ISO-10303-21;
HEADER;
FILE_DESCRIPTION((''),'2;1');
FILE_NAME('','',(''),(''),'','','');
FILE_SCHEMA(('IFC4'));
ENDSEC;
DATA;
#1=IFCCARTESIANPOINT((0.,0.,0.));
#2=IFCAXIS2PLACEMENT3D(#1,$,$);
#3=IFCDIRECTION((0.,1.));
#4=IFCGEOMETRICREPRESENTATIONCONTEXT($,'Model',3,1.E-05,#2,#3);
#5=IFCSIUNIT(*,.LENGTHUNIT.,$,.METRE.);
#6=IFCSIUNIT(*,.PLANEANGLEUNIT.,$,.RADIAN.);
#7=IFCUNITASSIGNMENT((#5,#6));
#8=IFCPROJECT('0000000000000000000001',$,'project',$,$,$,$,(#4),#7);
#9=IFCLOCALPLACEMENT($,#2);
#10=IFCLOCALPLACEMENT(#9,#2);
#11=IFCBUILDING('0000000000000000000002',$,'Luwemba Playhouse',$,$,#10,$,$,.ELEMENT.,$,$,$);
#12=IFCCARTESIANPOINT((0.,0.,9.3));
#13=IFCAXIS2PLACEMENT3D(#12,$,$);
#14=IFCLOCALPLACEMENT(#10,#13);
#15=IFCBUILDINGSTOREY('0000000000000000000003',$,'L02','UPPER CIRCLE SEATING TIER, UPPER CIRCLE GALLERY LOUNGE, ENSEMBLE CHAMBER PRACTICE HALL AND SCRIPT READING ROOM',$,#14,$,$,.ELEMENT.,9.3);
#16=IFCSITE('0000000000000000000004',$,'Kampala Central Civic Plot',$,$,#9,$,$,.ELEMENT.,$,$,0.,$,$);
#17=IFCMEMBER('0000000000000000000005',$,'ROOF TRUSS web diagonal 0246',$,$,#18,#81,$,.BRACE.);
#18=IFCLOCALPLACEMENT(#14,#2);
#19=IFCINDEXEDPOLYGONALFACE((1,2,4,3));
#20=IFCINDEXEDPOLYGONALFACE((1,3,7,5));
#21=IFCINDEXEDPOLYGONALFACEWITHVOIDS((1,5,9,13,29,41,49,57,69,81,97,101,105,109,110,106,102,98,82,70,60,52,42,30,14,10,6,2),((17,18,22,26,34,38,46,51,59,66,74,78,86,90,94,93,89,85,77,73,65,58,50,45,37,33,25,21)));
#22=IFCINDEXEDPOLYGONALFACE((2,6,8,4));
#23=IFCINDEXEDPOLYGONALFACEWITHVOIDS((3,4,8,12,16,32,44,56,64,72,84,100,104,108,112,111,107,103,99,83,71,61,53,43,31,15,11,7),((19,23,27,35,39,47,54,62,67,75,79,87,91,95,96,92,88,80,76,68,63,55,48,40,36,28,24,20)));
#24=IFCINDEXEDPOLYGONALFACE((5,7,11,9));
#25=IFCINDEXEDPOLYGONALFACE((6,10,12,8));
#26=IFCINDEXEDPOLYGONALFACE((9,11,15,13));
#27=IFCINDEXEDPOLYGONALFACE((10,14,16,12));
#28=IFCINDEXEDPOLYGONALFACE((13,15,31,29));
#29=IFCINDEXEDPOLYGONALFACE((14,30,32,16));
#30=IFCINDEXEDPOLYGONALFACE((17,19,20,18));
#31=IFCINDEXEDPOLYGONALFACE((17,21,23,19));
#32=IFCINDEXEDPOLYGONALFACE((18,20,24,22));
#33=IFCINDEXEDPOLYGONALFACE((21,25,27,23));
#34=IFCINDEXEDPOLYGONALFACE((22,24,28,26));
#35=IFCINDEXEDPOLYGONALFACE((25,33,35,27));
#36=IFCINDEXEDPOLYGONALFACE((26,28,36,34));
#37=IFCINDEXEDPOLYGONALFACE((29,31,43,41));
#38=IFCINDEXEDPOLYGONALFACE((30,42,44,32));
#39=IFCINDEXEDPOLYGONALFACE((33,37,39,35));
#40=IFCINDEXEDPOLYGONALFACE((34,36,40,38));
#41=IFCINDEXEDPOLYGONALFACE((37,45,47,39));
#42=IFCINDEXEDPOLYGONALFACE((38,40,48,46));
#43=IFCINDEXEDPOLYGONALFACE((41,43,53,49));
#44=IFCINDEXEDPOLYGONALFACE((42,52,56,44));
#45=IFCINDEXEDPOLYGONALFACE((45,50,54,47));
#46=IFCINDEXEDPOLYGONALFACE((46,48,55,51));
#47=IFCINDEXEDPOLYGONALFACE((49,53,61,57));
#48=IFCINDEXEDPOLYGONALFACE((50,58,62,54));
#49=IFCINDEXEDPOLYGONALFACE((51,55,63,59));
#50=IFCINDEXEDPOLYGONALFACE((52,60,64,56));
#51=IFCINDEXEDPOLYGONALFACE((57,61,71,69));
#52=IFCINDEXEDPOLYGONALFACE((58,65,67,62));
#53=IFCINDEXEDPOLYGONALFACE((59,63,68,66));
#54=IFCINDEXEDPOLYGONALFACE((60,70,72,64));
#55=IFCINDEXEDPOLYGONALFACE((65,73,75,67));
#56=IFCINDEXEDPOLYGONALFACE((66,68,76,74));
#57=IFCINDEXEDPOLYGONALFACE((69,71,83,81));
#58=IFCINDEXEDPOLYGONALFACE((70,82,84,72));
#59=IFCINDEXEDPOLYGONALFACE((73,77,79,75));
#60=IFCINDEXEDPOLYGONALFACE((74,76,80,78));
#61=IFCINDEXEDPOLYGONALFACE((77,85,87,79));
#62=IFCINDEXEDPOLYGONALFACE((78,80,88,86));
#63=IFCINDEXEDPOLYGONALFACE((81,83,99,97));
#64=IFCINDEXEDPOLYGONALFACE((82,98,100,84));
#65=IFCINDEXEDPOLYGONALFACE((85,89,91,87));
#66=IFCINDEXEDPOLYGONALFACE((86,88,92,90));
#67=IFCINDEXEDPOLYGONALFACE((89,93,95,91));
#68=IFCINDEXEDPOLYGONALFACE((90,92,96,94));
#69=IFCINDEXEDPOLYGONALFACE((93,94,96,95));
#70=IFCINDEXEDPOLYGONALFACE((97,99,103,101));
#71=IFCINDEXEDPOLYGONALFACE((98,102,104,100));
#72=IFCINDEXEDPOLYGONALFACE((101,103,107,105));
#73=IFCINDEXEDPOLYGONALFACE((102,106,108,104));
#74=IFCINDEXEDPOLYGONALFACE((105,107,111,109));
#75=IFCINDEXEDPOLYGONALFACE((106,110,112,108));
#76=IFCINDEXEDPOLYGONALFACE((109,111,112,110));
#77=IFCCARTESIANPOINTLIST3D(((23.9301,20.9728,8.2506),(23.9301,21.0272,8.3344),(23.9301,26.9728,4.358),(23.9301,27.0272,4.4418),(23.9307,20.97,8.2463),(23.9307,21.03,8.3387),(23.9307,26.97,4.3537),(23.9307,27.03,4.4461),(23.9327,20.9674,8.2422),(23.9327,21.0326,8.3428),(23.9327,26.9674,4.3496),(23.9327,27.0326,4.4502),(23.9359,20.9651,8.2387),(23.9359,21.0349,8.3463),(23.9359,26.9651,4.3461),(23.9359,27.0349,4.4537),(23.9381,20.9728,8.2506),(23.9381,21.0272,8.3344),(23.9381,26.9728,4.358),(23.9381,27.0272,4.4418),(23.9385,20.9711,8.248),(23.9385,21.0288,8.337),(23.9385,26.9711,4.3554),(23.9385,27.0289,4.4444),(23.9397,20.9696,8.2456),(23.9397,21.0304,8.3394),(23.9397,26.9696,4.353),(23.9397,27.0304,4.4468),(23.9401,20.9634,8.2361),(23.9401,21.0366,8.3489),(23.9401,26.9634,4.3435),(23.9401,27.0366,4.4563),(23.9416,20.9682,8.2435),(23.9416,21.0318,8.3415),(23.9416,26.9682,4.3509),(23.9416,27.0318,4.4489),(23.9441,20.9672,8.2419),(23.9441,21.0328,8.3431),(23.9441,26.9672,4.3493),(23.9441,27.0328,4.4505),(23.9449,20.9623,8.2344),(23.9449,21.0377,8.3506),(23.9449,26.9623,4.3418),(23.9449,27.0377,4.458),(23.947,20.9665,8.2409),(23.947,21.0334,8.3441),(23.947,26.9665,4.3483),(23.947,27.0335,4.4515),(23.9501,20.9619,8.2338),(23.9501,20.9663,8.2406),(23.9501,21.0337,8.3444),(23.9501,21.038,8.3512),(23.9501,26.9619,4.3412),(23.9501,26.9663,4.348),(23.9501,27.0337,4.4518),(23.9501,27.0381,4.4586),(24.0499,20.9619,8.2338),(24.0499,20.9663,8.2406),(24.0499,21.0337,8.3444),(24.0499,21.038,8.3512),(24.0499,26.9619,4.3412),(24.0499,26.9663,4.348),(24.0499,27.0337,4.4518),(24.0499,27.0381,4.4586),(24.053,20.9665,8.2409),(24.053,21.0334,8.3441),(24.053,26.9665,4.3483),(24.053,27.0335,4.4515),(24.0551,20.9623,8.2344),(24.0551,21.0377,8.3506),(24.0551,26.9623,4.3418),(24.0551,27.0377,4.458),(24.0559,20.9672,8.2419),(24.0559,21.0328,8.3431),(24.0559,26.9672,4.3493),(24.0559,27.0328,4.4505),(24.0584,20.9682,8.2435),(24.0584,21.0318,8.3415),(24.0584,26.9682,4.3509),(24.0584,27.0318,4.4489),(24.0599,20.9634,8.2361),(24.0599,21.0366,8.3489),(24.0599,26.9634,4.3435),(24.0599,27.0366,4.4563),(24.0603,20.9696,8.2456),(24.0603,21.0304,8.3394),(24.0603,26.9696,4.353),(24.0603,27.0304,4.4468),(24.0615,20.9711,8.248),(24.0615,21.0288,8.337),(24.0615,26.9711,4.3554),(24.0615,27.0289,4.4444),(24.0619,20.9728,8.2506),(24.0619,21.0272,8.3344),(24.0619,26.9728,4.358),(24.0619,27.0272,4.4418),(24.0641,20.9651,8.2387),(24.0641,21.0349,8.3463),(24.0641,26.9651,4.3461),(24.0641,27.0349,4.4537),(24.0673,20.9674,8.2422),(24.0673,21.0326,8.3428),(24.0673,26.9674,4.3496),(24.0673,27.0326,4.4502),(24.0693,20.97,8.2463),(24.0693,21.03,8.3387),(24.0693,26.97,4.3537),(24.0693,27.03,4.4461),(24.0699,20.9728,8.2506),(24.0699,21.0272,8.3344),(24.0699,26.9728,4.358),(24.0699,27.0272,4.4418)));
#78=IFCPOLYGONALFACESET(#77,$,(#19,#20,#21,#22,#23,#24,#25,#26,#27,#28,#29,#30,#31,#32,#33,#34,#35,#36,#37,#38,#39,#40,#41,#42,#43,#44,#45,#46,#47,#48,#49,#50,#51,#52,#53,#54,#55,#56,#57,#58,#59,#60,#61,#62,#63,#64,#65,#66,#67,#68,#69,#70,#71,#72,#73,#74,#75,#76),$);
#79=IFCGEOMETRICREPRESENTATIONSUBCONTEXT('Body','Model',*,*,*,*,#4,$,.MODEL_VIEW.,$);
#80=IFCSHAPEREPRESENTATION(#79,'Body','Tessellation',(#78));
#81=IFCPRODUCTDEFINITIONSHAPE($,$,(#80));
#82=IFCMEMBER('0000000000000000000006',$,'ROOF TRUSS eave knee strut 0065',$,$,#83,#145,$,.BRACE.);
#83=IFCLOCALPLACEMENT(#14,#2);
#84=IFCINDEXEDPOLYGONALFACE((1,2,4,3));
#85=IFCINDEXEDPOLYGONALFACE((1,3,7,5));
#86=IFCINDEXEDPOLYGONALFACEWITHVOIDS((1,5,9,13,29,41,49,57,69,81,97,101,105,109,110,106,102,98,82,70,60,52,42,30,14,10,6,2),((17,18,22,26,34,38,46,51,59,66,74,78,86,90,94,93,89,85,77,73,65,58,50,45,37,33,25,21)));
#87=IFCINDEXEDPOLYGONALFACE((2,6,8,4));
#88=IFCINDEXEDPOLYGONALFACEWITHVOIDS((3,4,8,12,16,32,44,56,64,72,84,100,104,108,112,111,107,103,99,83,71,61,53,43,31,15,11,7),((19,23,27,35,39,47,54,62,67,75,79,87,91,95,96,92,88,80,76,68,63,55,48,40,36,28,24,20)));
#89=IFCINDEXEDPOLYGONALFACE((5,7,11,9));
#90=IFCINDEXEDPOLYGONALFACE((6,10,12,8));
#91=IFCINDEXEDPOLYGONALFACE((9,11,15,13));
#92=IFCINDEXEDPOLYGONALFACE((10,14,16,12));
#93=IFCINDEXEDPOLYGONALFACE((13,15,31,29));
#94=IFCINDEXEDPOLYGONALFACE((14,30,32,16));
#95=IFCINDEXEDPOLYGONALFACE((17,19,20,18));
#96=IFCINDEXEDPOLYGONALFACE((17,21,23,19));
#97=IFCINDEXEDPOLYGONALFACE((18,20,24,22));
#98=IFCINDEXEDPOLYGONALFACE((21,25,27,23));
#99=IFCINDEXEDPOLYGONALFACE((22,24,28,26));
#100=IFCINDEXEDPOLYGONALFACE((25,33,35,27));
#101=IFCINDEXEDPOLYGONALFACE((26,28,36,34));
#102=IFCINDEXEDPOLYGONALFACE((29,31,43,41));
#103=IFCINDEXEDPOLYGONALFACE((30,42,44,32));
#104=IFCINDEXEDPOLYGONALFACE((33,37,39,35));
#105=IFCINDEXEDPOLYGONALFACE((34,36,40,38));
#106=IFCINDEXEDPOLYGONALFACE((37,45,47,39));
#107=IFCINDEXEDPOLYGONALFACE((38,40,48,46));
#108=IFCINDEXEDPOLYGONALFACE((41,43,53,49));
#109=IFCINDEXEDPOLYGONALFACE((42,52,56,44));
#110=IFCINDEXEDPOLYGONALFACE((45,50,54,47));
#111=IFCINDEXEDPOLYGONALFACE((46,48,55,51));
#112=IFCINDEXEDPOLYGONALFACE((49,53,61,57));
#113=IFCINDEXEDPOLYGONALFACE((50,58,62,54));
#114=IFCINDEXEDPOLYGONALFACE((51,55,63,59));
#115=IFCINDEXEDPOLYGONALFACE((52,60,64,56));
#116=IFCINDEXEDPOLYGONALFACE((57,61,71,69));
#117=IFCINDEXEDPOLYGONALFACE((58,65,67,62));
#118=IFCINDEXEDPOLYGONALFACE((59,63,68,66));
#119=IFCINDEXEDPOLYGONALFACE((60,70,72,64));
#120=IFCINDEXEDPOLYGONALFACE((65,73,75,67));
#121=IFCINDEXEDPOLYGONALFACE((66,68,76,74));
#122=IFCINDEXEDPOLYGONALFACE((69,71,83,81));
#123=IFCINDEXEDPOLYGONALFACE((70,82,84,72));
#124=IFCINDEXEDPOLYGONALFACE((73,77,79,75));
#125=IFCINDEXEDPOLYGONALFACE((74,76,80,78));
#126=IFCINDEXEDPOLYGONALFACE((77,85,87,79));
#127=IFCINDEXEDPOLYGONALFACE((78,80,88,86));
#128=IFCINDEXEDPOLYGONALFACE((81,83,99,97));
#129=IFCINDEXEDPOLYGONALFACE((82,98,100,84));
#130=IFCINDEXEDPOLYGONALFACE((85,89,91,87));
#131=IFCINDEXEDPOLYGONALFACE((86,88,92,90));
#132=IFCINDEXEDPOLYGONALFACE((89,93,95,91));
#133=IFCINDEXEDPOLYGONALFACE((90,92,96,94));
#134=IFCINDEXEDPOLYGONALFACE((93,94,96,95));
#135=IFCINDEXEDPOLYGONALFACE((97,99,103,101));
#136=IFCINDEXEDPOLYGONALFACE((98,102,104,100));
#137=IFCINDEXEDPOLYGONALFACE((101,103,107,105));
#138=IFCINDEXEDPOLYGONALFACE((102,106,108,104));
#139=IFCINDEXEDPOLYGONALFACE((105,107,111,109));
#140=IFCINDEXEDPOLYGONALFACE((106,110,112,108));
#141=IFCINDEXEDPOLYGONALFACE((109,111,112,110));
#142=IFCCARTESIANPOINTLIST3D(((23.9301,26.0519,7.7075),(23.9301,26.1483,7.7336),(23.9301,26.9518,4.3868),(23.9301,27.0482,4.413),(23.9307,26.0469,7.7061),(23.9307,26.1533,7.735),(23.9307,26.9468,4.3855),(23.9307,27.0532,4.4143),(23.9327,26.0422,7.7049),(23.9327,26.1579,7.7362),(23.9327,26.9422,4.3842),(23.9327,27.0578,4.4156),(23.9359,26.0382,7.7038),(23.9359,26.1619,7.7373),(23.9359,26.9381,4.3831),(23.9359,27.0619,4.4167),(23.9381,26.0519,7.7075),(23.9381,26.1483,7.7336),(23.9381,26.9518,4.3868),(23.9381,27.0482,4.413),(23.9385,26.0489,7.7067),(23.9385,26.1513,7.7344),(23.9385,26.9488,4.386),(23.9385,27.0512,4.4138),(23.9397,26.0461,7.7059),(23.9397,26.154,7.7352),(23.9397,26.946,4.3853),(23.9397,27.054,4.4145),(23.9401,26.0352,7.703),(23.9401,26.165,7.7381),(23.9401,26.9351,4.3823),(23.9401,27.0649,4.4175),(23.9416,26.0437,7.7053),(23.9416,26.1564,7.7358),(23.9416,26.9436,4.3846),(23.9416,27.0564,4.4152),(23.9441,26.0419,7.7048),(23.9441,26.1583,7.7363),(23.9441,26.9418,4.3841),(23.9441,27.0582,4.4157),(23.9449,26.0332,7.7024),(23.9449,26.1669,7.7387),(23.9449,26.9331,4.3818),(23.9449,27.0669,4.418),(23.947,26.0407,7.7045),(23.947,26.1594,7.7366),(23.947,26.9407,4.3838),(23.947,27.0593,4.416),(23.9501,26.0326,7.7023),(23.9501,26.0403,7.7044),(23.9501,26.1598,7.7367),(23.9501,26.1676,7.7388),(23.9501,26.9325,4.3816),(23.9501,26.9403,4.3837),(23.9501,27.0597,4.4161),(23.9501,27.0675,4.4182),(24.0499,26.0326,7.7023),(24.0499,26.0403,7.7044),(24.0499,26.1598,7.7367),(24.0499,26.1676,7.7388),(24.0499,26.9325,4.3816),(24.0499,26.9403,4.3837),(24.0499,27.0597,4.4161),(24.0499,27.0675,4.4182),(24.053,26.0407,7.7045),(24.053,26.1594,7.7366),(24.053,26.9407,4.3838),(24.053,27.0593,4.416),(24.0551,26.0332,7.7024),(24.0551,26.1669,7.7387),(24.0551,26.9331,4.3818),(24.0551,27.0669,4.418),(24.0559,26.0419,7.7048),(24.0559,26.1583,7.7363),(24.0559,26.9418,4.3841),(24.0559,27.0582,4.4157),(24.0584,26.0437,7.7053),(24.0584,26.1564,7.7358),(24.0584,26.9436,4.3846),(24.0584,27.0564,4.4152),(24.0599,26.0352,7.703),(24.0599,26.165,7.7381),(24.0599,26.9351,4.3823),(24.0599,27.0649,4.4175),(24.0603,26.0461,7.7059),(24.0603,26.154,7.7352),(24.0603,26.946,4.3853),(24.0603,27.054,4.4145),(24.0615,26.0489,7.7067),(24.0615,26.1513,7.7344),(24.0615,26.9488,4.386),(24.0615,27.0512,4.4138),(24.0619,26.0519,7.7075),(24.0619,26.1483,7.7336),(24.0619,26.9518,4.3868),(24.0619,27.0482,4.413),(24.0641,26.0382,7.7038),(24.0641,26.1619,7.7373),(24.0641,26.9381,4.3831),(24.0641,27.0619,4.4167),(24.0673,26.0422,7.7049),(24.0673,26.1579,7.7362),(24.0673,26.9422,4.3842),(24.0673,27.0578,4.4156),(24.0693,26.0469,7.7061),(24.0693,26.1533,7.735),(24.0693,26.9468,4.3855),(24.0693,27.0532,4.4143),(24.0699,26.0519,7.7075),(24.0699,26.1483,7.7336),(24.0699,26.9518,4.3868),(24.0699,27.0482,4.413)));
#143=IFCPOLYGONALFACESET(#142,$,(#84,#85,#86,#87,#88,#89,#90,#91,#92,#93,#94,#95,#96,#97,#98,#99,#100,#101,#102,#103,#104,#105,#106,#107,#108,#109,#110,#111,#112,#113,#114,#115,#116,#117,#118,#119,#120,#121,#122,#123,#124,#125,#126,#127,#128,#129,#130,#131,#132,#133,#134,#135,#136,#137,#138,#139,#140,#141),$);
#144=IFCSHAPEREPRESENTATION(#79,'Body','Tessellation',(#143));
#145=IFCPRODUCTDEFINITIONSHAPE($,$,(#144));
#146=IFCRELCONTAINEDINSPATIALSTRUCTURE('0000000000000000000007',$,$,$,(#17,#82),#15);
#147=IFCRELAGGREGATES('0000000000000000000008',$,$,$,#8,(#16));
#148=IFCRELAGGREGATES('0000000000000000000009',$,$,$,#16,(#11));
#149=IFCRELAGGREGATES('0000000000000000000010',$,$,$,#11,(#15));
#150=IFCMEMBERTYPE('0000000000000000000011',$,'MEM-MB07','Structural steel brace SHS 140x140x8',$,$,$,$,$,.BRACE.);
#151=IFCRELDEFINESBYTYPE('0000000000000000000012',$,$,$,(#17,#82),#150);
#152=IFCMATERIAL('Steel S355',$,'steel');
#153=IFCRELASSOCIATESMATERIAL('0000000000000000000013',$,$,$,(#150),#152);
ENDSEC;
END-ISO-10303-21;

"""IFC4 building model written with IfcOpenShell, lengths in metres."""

from ifc_helpers import new_model, si_unit, direction, frame, origin, origin_2d, place, context, subcontext, project, spatial, hollow_rectangle, extrude, material, material_profile, profile_set, type_object, element, save


model = new_model("IFC4")

# Units and contexts
model_context = context("Model", 3, precision=1e-05, world=origin(), true_north=direction((0.0, 1.0)))
body_context = subcontext(model_context, "Body", "Model", "MODEL_VIEW")
ifc_project = project(units=[si_unit("LENGTHUNIT", "METRE"), si_unit("PLANEANGLEUNIT", "RADIAN")], contexts=[model_context])

# Site, building, storey
site_placement = place(None, origin())
site = spatial("IfcSite", under=ifc_project, at=site_placement, Name="Kampala Central Civic Plot", CompositionType="ELEMENT", RefElevation=0.0)
building_placement = place(site_placement, origin())
building = spatial("IfcBuilding", under=site, at=building_placement, Name="Luwemba Playhouse", CompositionType="ELEMENT")
storey_placement = place(building_placement, frame((0.0, 0.0, 9.3)))
storey = spatial("IfcBuildingStorey", under=building, at=storey_placement, Name="L02", Description="UPPER CIRCLE SEATING TIER, UPPER CIRCLE GALLERY LOUNGE, ENSEMBLE CHAMBER PRACTICE HALL AND SCRIPT READING ROOM", CompositionType="ELEMENT", Elevation=9.3)

# Shared definitions
ifc_material_1 = material(Name="Steel S355", Category="steel")

# Members
ifc_material_profile_1 = material_profile(ifc_material_1, hollow_rectangle(XDim=0.1399, YDim=0.1399, WallThickness=0.0081, InnerFilletRadius=0.012, OuterFilletRadius=0.02, at=origin_2d()))
ifc_profile_set_1 = profile_set([ifc_material_profile_1], Name="Steel S355")
member_type_1 = type_object("IfcMemberType", Name="MEM-MB07", Description="Structural steel brace SHS 140x140x8", PredefinedType="BRACE", material=ifc_profile_set_1)
member_1_placement = place(storey_placement, frame((24.0, 27.0, 4.3999), z_axis=(0.0, -0.838917, 0.544259), x_axis=(1.0, 0.0, 0.0)))
element("IfcMember", 1, at=member_1_placement, inside=storey, type_object=member_type_1, Name="ROOF TRUSS web diagonal 0246", PredefinedType="BRACE", context=body_context, shape_type="SweptSolid", body=[
    extrude(hollow_rectangle(XDim=0.1399, YDim=0.1399, WallThickness=0.0081, InnerFilletRadius=0.012, OuterFilletRadius=0.02, at=origin_2d()), origin(), (0.0, 0.0, 1.0), 7.1521),
])
member_2_placement = place(storey_placement, frame((24.0, 27.0, 4.3999), z_axis=(0.0, -0.261574, 0.965183), x_axis=(1.0, 0.0, 0.0)))
element("IfcMember", 2, at=member_2_placement, inside=storey, type_object=member_type_1, Name="ROOF TRUSS eave knee strut 0065", PredefinedType="BRACE", context=body_context, shape_type="SweptSolid", body=[
    extrude(hollow_rectangle(XDim=0.1399, YDim=0.1399, WallThickness=0.0081, InnerFilletRadius=0.012, OuterFilletRadius=0.02, at=origin_2d()), origin(), (0.0, 0.0, 1.0), 3.4404),
])

save(model, "model.ifc")
